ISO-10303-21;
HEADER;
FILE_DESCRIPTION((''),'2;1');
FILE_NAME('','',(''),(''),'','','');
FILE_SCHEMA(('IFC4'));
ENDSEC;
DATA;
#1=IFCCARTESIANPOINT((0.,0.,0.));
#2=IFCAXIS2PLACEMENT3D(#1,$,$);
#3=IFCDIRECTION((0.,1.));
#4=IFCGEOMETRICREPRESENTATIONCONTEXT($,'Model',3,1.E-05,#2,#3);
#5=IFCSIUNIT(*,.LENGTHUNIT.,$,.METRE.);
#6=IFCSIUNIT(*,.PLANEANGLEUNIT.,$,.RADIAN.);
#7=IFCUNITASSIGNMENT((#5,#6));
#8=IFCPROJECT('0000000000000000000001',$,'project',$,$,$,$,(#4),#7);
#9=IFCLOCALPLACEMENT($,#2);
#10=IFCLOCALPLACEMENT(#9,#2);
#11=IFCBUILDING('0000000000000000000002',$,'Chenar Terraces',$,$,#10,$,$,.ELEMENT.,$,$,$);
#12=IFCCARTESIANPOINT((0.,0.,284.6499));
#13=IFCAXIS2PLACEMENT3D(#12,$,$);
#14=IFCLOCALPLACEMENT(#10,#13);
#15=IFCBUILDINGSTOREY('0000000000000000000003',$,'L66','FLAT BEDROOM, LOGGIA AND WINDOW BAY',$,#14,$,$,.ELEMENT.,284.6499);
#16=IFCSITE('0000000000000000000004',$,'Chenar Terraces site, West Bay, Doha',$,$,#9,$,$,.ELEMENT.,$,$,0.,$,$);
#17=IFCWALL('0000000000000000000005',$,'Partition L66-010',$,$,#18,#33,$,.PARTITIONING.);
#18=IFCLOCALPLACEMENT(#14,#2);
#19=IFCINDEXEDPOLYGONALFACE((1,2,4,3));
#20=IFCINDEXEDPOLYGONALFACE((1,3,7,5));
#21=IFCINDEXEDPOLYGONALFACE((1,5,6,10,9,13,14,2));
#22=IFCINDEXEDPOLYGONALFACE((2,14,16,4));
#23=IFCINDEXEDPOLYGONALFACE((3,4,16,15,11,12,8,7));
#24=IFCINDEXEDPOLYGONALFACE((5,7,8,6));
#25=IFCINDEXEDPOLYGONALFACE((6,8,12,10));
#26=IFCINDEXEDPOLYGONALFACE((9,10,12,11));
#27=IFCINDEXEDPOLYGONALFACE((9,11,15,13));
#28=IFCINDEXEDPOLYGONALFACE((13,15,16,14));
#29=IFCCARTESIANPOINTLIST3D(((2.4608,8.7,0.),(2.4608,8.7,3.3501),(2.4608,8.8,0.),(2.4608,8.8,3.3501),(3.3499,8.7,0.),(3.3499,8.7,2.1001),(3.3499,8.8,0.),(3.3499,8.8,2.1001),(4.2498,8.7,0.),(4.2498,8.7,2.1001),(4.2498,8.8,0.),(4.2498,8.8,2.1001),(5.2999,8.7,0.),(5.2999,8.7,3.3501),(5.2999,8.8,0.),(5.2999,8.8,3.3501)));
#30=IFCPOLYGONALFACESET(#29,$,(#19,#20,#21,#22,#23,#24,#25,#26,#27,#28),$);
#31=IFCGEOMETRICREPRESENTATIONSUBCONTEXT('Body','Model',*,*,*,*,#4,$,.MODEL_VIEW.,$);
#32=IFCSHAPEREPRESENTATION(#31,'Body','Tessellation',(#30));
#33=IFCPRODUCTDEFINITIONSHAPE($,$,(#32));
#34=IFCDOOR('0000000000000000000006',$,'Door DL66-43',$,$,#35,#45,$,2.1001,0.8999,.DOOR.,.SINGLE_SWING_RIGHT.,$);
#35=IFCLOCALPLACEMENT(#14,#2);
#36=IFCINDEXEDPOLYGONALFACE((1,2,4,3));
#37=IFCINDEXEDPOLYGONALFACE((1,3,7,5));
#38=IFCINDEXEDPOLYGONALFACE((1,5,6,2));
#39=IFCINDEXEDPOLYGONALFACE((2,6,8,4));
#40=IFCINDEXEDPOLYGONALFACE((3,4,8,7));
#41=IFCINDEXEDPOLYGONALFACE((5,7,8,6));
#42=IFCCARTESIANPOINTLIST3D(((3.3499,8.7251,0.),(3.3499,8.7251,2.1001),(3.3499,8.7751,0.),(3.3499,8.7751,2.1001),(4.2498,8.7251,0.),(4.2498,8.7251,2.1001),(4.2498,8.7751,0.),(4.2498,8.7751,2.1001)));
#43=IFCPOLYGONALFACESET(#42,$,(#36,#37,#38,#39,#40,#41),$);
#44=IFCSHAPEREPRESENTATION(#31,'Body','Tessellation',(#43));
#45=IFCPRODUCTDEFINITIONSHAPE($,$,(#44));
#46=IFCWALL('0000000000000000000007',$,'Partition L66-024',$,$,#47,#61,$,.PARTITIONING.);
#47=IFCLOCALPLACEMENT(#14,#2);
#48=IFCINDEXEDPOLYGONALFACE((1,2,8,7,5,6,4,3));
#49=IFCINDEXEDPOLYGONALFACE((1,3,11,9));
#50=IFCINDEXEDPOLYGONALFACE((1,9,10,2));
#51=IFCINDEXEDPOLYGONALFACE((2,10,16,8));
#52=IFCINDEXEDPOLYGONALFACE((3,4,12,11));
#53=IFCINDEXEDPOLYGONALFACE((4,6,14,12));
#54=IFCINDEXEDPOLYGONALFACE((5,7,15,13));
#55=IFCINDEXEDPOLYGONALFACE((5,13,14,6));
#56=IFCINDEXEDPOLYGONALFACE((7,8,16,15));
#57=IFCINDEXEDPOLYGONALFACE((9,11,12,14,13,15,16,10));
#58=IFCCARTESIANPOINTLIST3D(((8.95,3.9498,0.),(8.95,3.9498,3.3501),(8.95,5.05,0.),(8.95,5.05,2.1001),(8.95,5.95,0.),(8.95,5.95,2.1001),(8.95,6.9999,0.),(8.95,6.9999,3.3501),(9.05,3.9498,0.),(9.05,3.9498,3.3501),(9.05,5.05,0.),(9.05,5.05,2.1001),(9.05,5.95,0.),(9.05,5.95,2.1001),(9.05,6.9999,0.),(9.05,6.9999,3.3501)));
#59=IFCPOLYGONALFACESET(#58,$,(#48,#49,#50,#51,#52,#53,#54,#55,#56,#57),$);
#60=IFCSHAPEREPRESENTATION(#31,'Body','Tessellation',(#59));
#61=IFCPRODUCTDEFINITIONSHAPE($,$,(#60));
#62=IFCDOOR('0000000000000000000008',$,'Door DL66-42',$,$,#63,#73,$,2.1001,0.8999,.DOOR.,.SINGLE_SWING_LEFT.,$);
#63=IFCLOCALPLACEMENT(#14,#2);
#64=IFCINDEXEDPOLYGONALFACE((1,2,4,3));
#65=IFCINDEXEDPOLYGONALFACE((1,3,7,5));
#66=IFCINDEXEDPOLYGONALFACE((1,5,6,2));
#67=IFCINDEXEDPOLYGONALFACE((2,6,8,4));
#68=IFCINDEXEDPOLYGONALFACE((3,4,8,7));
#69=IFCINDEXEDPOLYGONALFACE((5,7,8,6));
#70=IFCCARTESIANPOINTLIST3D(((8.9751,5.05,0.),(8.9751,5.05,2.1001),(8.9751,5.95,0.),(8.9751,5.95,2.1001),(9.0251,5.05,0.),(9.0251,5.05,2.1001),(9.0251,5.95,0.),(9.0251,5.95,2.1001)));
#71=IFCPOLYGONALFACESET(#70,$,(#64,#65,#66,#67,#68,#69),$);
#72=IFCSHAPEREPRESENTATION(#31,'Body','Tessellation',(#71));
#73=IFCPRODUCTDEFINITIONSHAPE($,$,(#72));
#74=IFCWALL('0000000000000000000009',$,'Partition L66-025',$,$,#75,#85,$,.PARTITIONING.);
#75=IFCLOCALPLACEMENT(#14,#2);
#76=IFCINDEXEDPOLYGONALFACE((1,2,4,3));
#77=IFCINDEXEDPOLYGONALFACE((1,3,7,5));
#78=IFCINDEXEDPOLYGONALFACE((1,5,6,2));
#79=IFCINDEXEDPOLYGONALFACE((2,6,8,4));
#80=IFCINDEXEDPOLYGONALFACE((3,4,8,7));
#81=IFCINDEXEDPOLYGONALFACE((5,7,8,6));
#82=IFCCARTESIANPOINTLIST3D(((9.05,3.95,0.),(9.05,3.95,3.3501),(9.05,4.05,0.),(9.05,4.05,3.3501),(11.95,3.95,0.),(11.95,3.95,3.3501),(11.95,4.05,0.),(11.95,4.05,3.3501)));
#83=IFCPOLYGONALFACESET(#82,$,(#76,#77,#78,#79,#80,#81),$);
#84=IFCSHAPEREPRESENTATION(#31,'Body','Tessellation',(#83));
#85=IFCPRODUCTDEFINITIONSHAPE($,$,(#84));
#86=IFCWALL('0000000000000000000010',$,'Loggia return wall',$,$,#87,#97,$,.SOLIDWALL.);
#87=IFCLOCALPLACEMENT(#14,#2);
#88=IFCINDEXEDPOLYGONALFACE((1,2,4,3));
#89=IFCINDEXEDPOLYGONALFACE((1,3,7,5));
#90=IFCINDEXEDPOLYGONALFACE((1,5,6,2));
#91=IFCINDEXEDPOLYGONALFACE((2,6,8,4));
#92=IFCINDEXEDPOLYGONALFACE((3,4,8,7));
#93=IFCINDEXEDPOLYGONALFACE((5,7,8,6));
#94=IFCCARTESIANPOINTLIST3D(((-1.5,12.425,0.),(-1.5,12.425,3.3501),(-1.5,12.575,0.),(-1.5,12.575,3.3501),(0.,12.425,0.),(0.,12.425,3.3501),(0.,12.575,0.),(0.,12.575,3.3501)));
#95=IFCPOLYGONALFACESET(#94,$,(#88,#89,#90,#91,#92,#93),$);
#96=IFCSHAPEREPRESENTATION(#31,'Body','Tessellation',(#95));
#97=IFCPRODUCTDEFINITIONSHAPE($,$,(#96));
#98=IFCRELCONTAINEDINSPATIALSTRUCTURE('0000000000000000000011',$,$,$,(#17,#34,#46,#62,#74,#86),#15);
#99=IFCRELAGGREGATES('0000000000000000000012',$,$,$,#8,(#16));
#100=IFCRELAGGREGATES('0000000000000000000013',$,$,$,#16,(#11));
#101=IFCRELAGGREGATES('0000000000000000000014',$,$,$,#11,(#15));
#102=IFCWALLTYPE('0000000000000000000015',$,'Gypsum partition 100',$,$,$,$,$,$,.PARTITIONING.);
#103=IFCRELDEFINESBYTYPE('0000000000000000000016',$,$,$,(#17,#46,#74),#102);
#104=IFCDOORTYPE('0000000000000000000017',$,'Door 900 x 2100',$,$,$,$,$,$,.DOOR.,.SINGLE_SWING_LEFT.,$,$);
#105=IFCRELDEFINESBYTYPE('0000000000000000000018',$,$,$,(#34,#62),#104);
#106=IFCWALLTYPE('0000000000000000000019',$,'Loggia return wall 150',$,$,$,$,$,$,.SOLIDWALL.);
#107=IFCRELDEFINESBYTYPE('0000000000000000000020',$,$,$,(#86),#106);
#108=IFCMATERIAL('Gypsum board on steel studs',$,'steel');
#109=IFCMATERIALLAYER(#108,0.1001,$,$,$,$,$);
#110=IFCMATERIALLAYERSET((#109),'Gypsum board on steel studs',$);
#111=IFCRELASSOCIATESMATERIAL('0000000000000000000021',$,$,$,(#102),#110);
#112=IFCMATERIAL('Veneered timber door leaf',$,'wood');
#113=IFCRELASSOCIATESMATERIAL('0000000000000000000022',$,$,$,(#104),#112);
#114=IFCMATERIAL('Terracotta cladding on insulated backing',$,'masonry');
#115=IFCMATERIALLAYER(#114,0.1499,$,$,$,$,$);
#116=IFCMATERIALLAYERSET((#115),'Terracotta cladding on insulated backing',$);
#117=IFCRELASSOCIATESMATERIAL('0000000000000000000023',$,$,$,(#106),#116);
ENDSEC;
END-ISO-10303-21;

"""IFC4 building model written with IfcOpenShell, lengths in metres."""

from ifc_helpers import new_model, si_unit, direction, frame, frame_2d, origin, place, context, subcontext, project, spatial, rectangle, extrude, material, layer, layer_set, type_object, element, fill, save


model = new_model("IFC4")

# Units and contexts
model_context = context("Model", 3, precision=1e-05, world=origin(), true_north=direction((0.0, 1.0)))
body_context = subcontext(model_context, "Body", "Model", "MODEL_VIEW")
ifc_project = project(units=[si_unit("LENGTHUNIT", "METRE"), si_unit("PLANEANGLEUNIT", "RADIAN")], contexts=[model_context])

# Site, building, storey
site_placement = place(None, origin())
site = spatial("IfcSite", under=ifc_project, at=site_placement, Name="Chenar Terraces site, West Bay, Doha", CompositionType="ELEMENT", RefElevation=0.0)
building_placement = place(site_placement, origin())
building = spatial("IfcBuilding", under=site, at=building_placement, Name="Chenar Terraces", CompositionType="ELEMENT")
storey_placement = place(building_placement, frame((0.0, 0.0, 284.6499)))
storey = spatial("IfcBuildingStorey", under=building, at=storey_placement, Name="L66", Description="FLAT BEDROOM, LOGGIA AND WINDOW BAY", CompositionType="ELEMENT", Elevation=284.6499)

# Walls, openings, doors
ifc_material_1 = material(Name="Gypsum board on steel studs", Category="steel")
ifc_layer_1 = layer(ifc_material_1, 0.1001)
ifc_layer_set_1 = layer_set([ifc_layer_1], Name="Gypsum board on steel studs")
wall_type_1 = type_object("IfcWallType", Name="Gypsum partition 100", PredefinedType="PARTITIONING", material=ifc_layer_set_1)
wall_1_placement = place(storey_placement, frame((2.4609, 8.75, 0.0), z_axis=(0.0, 0.0, 1.0), x_axis=(1.0, 0.0, 0.0)))
wall_1 = element("IfcWall", 1, at=wall_1_placement, inside=storey, type_object=wall_type_1, Name="Partition L66-010", PredefinedType="PARTITIONING", context=body_context, shape_type="SweptSolid", body=[
    extrude(rectangle(XDim=2.8391, YDim=0.1001, at=frame_2d((1.4194, 0.0))), origin(), (0.0, 0.0, 1.0), 3.3501),
])
opening_1_placement = place(wall_1_placement, frame((0.8889, 0.0, 0.0)))
opening_1 = element("IfcOpeningElement", 2, at=opening_1_placement, cuts=wall_1, PredefinedType="OPENING", context=body_context, shape_type="SweptSolid", body=[
    extrude(rectangle(XDim=0.8999, YDim=2.1001, at=frame_2d((0.45, 1.05))), frame((0.0, 0.0601, 0.0), z_axis=(0.0, -1.0, 0.0), x_axis=(1.0, 0.0, 0.0)), (0.0, 0.0, 1.0), 0.1201),
])
ifc_material_2 = material(Name="Veneered timber door leaf", Category="wood")
door_type_1 = type_object("IfcDoorType", Name="Door 900 x 2100", OperationType="SINGLE_SWING_LEFT", PredefinedType="DOOR", material=ifc_material_2)
door_1_placement = place(opening_1_placement, frame((0.8999, 0.0, 0.0), z_axis=(0.0, 0.0, 1.0), x_axis=(-1.0, 0.0, 0.0)))
door_1 = element("IfcDoor", 3, at=door_1_placement, inside=storey, type_object=door_type_1, Name="Door DL66-43", OperationType="SINGLE_SWING_RIGHT", OverallHeight=2.1001, OverallWidth=0.8999, PredefinedType="DOOR", context=body_context, shape_type="SweptSolid", body=[
    extrude(rectangle(XDim=0.8999, YDim=2.1001, at=frame_2d((0.45, 1.05))), frame((0.0, 0.0249, 0.0), z_axis=(0.0, -1.0, 0.0), x_axis=(1.0, 0.0, 0.0)), (0.0, 0.0, 1.0), 0.05),
])
fill(opening_1, door_1)
wall_2_placement = place(storey_placement, frame((9.0, 3.95, 0.0), z_axis=(0.0, 0.0, 1.0), x_axis=(0.0, 1.0, 0.0)))
wall_2 = element("IfcWall", 4, at=wall_2_placement, inside=storey, type_object=wall_type_1, Name="Partition L66-024", PredefinedType="PARTITIONING", context=body_context, shape_type="SweptSolid", body=[
    extrude(rectangle(XDim=3.05, YDim=0.1001, at=frame_2d((1.5249, 0.0))), origin(), (0.0, 0.0, 1.0), 3.3501),
])
opening_2_placement = place(wall_2_placement, frame((1.1001, 0.0, 0.0)))
opening_2 = element("IfcOpeningElement", 5, at=opening_2_placement, cuts=wall_2, PredefinedType="OPENING", context=body_context, shape_type="SweptSolid", body=[
    extrude(rectangle(XDim=0.8999, YDim=2.1001, at=frame_2d((0.45, 1.05))), frame((0.0, 0.0601, 0.0), z_axis=(0.0, -1.0, 0.0), x_axis=(1.0, 0.0, 0.0)), (0.0, 0.0, 1.0), 0.1201),
])
door_2_placement = place(opening_2_placement, origin())
door_2 = element("IfcDoor", 6, at=door_2_placement, inside=storey, type_object=door_type_1, Name="Door DL66-42", OperationType="SINGLE_SWING_LEFT", OverallHeight=2.1001, OverallWidth=0.8999, PredefinedType="DOOR", context=body_context, shape_type="SweptSolid", body=[
    extrude(rectangle(XDim=0.8999, YDim=2.1001, at=frame_2d((0.45, 1.05))), frame((0.0, 0.0249, 0.0), z_axis=(0.0, -1.0, 0.0), x_axis=(1.0, 0.0, 0.0)), (0.0, 0.0, 1.0), 0.05),
])
fill(opening_2, door_2)

# Walls
wall_3_placement = place(storey_placement, frame((9.05, 4.0, 0.0), z_axis=(0.0, 0.0, 1.0), x_axis=(1.0, 0.0, 0.0)))
element("IfcWall", 7, at=wall_3_placement, inside=storey, type_object=wall_type_1, Name="Partition L66-025", PredefinedType="PARTITIONING", context=body_context, shape_type="SweptSolid", body=[
    extrude(rectangle(XDim=2.8999, YDim=0.1001, at=frame_2d((1.45, 0.0))), origin(), (0.0, 0.0, 1.0), 3.3501),
])
ifc_material_3 = material(Name="Terracotta cladding on insulated backing", Category="masonry")
ifc_layer_2 = layer(ifc_material_3, 0.1499)
ifc_layer_set_2 = layer_set([ifc_layer_2], Name="Terracotta cladding on insulated backing")
wall_type_2 = type_object("IfcWallType", Name="Loggia return wall 150", PredefinedType="SOLIDWALL", material=ifc_layer_set_2)
wall_4_placement = place(storey_placement, frame((-1.5, 12.5, 0.0), z_axis=(0.0, 0.0, 1.0), x_axis=(1.0, 0.0, 0.0)))
element("IfcWall", 8, at=wall_4_placement, inside=storey, type_object=wall_type_2, Name="Loggia return wall", PredefinedType="SOLIDWALL", context=body_context, shape_type="SweptSolid", body=[
    extrude(rectangle(XDim=1.5, YDim=0.1499, at=frame_2d((0.75, 0.0))), origin(), (0.0, 0.0, 1.0), 3.3501),
])

save(model, "model.ifc")
